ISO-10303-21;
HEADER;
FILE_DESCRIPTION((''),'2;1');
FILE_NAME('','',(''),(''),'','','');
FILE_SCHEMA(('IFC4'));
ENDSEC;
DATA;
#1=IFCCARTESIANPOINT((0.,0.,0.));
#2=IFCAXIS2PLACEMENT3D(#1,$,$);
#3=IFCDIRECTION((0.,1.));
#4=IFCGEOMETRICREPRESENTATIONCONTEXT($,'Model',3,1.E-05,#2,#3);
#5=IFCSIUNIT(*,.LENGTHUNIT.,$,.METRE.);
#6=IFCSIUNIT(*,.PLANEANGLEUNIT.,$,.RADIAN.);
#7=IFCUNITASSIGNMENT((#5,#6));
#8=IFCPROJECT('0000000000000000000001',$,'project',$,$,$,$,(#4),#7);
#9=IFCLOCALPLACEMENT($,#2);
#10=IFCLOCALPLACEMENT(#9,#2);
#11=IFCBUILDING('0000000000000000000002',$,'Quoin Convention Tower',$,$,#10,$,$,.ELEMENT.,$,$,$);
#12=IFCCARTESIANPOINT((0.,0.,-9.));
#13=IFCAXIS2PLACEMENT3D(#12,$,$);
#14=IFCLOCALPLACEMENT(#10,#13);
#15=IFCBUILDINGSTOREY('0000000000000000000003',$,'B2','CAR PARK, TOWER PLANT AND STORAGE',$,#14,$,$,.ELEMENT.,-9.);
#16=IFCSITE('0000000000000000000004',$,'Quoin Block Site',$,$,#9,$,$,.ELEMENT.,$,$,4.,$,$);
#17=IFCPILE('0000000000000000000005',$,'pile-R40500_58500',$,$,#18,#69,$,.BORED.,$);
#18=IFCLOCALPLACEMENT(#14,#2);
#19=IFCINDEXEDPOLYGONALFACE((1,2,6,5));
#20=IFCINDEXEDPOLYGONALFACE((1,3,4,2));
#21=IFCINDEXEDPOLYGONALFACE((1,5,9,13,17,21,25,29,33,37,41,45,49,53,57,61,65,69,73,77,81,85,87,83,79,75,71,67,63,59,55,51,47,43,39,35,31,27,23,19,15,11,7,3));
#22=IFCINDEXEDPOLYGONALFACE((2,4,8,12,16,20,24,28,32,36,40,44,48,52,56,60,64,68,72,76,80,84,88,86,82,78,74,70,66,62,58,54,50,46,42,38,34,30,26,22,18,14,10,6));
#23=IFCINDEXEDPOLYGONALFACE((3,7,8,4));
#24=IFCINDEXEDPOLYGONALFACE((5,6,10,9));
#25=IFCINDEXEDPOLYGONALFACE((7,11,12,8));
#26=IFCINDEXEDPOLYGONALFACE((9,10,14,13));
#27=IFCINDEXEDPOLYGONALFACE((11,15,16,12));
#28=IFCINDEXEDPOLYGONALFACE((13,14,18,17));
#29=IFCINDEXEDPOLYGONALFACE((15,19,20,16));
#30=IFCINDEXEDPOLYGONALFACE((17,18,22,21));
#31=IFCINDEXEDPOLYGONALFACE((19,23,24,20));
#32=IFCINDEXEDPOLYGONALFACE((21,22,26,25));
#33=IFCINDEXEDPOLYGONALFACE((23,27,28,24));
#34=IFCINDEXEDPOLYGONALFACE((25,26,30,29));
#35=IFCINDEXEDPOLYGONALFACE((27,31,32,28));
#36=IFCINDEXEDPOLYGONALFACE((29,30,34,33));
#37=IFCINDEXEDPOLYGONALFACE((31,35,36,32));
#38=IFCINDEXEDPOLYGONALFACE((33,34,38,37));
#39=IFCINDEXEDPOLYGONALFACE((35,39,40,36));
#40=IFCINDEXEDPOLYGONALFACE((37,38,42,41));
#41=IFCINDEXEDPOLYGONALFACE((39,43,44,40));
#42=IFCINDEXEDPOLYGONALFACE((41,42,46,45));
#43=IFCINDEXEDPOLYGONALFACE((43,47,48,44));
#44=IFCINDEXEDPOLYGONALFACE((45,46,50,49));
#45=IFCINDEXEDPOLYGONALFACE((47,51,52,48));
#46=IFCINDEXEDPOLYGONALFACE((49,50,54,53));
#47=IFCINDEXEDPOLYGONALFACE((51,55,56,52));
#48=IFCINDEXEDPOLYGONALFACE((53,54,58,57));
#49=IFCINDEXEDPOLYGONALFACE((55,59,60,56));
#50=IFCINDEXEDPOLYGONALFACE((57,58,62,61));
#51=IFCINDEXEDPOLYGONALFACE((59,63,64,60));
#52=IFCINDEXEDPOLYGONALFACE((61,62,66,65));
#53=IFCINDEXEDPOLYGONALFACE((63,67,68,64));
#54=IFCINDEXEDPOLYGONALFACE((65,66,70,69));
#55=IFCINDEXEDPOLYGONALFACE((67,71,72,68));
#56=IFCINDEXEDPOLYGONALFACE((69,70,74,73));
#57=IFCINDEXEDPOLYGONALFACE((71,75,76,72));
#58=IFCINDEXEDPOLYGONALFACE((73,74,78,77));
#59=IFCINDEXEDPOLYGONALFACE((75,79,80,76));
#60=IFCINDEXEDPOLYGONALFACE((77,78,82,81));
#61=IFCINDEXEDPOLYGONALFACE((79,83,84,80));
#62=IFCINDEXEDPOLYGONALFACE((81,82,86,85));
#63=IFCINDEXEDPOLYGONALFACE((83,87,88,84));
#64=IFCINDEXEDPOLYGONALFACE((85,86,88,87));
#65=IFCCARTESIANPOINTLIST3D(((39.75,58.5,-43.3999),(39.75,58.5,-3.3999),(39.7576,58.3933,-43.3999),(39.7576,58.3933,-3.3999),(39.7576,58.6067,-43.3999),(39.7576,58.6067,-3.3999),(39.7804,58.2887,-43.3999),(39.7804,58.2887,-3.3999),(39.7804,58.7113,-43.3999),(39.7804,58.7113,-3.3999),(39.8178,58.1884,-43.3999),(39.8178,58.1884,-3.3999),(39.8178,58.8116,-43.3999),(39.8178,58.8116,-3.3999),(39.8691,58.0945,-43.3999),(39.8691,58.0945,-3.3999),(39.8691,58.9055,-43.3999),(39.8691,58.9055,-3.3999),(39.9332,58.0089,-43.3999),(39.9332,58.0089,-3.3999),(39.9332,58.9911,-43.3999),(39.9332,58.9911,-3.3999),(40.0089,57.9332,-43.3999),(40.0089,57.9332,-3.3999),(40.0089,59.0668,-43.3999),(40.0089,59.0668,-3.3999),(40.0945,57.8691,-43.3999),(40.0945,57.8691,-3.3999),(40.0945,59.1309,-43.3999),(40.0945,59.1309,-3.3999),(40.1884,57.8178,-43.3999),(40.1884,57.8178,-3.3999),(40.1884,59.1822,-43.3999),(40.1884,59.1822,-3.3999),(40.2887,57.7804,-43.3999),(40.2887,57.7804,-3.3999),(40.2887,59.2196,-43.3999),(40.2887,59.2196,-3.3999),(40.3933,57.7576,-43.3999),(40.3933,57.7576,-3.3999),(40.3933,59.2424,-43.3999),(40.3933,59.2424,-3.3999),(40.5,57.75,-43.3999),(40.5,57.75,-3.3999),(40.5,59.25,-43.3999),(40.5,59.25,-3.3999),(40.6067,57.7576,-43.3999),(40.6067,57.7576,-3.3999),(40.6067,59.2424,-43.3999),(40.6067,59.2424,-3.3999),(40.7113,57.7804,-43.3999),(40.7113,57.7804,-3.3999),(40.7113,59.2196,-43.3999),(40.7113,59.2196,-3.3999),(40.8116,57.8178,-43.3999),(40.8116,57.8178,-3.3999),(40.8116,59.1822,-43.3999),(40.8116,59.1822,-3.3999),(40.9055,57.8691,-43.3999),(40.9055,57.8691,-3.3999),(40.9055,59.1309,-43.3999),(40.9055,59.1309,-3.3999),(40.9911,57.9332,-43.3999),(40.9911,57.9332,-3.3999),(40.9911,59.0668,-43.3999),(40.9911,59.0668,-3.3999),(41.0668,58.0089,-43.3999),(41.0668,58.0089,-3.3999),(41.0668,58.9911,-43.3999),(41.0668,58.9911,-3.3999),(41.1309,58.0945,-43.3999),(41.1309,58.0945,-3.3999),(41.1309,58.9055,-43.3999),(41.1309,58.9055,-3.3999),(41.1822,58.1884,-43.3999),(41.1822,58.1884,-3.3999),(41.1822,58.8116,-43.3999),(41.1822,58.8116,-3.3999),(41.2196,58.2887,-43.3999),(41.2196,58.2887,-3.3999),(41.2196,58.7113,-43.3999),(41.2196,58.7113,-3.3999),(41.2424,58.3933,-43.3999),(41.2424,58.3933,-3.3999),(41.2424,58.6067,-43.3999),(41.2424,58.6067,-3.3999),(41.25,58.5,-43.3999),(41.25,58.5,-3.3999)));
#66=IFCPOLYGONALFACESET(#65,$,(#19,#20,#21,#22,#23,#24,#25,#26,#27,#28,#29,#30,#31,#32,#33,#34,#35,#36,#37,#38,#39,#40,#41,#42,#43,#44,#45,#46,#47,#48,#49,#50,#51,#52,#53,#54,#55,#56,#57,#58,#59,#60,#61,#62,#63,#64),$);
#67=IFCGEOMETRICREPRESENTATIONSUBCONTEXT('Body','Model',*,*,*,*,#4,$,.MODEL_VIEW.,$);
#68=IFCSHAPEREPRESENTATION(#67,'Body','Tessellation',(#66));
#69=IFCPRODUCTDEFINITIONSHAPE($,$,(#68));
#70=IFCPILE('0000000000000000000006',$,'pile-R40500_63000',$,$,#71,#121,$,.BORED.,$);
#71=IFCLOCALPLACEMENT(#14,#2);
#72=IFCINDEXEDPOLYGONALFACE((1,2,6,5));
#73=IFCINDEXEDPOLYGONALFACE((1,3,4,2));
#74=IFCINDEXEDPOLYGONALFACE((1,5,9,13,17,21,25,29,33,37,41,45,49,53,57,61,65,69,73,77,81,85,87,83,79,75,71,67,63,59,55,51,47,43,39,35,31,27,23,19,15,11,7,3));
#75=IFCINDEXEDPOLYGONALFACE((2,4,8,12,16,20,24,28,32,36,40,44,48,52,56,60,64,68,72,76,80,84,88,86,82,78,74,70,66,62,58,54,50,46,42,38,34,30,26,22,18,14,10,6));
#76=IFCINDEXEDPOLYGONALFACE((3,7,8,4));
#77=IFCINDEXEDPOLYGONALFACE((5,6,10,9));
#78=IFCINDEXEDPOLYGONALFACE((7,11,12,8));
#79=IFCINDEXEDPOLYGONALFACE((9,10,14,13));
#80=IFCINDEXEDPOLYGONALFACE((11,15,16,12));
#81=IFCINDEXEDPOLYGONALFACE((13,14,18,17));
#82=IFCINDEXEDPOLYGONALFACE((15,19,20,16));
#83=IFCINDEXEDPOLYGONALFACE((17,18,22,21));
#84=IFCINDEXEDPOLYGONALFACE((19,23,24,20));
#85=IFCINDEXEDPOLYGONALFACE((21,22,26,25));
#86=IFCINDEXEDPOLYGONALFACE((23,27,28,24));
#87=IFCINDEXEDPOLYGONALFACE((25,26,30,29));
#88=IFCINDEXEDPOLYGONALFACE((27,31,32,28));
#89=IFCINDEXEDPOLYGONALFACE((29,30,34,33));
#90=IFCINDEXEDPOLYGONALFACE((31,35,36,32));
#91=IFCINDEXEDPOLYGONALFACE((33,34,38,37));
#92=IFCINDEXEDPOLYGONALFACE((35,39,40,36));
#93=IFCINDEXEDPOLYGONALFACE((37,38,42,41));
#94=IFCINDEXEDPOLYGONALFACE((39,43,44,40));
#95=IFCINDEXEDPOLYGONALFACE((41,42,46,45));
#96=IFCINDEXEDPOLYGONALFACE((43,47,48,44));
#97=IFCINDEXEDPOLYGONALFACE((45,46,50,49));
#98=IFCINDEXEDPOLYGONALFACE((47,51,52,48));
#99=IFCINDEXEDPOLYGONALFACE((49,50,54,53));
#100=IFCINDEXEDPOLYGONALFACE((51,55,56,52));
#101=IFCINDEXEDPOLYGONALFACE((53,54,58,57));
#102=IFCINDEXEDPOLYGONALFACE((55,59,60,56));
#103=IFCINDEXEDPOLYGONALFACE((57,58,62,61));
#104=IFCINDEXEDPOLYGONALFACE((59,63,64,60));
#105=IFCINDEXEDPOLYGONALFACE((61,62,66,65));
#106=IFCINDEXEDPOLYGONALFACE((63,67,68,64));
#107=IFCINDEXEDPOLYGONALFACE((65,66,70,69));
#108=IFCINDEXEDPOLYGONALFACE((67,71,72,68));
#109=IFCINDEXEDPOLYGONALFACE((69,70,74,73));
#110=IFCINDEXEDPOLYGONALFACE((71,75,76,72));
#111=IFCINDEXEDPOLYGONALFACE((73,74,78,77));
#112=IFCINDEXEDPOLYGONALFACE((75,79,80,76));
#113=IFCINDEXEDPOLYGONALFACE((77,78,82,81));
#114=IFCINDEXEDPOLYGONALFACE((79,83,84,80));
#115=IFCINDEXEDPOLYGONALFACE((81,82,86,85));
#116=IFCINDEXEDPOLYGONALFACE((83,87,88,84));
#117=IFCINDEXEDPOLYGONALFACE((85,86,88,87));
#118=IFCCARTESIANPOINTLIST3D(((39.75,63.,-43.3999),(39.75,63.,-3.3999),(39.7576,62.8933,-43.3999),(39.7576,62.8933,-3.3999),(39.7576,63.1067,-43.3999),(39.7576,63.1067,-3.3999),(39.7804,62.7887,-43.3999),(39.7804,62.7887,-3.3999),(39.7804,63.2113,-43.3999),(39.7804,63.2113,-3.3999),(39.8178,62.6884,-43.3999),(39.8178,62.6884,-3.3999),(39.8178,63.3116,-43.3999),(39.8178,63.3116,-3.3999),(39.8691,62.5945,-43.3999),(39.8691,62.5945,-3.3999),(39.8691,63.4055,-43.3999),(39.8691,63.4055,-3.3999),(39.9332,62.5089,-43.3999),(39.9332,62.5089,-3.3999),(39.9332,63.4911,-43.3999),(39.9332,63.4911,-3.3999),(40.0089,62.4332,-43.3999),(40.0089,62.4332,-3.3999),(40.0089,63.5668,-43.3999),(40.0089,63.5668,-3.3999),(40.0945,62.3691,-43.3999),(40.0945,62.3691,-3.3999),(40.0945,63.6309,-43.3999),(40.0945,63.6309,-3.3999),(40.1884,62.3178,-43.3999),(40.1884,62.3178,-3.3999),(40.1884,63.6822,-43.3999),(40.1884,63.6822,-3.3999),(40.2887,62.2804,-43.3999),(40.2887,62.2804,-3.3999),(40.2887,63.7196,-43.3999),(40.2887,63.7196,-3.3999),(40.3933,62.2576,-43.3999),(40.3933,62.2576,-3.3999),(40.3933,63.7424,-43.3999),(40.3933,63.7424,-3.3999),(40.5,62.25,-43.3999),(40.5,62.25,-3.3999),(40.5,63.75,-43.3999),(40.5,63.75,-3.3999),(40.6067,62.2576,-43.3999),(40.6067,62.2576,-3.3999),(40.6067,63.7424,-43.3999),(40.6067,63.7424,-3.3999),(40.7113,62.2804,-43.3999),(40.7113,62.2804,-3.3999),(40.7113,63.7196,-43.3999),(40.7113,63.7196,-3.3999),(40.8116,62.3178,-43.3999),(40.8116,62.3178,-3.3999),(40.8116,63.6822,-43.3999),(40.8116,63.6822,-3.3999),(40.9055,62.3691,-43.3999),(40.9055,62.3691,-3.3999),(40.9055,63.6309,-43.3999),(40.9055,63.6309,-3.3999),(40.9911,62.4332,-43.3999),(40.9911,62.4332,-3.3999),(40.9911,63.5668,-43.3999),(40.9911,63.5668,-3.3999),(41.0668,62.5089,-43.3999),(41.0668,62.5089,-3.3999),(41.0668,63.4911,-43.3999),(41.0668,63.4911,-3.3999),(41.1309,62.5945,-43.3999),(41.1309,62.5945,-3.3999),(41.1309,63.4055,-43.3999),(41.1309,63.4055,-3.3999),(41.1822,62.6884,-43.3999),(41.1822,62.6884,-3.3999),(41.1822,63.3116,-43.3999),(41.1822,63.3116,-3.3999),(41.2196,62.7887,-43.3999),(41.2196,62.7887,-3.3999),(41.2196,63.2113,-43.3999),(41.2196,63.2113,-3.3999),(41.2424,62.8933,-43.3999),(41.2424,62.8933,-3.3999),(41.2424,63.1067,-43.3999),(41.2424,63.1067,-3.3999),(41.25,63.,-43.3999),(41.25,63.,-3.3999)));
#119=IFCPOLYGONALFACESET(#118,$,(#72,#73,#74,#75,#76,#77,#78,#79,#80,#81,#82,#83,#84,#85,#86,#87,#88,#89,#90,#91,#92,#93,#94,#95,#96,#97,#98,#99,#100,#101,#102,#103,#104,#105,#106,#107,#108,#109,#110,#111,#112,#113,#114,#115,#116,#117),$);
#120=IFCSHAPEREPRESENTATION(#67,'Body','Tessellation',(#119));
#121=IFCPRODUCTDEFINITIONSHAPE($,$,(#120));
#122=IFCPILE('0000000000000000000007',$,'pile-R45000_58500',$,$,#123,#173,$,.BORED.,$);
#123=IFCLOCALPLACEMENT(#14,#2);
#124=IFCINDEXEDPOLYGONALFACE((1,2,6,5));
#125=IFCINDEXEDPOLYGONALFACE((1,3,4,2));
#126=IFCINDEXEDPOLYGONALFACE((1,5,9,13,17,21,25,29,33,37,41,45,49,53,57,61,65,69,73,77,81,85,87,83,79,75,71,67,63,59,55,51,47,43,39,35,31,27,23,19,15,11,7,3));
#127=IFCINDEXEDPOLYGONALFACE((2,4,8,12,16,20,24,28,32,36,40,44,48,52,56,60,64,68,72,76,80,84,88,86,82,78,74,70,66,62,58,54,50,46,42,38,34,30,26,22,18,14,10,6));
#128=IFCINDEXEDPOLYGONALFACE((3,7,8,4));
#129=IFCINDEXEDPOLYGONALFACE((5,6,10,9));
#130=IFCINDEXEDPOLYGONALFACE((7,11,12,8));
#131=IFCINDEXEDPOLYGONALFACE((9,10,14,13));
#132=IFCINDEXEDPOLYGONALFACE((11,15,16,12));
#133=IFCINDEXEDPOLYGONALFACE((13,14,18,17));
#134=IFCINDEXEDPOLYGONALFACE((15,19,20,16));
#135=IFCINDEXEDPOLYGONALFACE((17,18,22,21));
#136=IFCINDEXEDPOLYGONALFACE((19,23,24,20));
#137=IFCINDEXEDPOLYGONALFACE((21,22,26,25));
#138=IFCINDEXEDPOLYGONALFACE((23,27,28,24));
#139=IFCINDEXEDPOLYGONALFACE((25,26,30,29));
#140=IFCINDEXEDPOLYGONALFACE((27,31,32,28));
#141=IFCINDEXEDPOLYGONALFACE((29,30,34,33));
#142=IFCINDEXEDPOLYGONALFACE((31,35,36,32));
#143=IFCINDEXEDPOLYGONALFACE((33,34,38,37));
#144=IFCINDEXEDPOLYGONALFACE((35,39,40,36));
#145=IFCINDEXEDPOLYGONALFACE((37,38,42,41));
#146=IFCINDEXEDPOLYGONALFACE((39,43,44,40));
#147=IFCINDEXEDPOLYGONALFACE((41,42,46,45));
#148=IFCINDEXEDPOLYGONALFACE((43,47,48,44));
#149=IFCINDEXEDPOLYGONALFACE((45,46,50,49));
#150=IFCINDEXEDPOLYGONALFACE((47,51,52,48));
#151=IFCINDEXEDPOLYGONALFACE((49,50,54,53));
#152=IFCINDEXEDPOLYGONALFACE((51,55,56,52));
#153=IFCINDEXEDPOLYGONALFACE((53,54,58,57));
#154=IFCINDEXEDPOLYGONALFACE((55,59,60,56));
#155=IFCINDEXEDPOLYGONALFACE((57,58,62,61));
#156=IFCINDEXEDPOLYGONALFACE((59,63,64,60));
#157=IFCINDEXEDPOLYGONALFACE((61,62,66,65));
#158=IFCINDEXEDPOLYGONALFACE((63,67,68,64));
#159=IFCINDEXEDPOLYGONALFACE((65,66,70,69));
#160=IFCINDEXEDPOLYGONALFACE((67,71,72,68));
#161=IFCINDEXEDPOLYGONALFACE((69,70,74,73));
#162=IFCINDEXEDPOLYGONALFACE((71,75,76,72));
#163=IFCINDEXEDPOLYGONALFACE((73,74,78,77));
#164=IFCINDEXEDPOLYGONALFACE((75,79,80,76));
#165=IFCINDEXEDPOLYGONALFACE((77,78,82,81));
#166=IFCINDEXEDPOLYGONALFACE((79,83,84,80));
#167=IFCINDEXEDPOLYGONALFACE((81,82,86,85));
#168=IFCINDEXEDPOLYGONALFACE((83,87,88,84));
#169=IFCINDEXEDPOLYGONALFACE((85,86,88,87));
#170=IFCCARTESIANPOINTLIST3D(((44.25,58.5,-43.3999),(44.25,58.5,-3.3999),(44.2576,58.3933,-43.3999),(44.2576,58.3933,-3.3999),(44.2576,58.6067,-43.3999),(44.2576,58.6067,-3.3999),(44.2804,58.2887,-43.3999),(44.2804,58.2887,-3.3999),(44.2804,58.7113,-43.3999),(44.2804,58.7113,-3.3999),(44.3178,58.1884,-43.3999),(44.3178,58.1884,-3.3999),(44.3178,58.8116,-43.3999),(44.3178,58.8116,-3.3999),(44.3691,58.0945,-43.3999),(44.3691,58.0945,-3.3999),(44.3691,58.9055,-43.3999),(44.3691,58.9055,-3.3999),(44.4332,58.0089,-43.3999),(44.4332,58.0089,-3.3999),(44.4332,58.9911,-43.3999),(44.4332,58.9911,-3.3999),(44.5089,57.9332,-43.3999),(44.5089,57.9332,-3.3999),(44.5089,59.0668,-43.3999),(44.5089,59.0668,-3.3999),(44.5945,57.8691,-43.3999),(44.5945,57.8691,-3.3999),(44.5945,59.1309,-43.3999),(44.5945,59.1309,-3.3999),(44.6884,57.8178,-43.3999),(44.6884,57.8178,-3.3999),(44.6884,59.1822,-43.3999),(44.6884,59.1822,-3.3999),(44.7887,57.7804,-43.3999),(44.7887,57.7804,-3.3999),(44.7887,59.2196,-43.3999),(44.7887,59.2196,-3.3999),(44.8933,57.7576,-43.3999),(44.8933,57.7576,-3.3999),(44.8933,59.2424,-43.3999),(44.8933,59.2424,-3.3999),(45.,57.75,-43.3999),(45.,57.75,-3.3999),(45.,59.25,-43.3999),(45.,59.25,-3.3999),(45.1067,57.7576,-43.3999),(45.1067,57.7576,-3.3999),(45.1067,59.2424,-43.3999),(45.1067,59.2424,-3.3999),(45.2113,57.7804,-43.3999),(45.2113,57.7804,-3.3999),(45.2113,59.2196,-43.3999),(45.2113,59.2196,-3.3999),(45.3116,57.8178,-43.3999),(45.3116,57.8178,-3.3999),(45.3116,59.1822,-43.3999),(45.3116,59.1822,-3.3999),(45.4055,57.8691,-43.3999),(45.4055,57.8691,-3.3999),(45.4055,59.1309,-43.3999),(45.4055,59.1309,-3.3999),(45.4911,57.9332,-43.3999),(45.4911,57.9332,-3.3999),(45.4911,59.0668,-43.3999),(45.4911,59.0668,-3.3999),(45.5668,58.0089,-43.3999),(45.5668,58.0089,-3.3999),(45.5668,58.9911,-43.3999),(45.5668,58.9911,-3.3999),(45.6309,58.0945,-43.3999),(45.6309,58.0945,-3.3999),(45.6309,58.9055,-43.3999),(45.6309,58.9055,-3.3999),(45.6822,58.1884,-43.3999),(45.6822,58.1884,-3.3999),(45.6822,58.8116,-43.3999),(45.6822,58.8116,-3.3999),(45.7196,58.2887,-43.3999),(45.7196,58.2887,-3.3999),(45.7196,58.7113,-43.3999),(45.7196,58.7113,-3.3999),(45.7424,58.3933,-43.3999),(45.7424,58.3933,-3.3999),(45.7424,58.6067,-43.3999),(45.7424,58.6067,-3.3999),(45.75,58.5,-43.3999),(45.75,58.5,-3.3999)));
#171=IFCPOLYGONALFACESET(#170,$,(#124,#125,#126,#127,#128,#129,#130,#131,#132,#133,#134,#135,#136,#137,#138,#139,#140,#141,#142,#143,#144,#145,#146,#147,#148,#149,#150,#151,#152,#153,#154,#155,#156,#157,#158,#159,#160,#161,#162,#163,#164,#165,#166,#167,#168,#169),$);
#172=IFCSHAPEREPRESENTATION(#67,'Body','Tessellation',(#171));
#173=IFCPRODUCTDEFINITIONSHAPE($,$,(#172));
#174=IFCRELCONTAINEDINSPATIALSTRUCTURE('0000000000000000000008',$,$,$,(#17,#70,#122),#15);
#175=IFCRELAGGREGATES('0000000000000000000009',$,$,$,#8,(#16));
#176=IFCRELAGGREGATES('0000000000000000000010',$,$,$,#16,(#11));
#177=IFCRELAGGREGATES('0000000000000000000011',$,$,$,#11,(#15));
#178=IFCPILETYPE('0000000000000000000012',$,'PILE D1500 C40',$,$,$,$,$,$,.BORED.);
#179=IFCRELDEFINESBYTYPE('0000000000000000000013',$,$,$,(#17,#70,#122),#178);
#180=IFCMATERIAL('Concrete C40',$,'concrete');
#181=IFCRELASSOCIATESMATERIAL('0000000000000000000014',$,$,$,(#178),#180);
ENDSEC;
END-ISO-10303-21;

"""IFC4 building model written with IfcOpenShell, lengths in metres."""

from ifc_helpers import new_model, si_unit, direction, frame, origin, origin_2d, place, context, subcontext, project, spatial, circle, extrude, material, material_profile, profile_set, type_object, element, save


model = new_model("IFC4")

# Units and contexts
model_context = context("Model", 3, precision=1e-05, world=origin(), true_north=direction((0.0, 1.0)))
body_context = subcontext(model_context, "Body", "Model", "MODEL_VIEW")
ifc_project = project(units=[si_unit("LENGTHUNIT", "METRE"), si_unit("PLANEANGLEUNIT", "RADIAN")], contexts=[model_context])

# Site, building, storey
site_placement = place(None, origin())
site = spatial("IfcSite", under=ifc_project, at=site_placement, Name="Quoin Block Site", CompositionType="ELEMENT", RefElevation=4.0)
building_placement = place(site_placement, origin())
building = spatial("IfcBuilding", under=site, at=building_placement, Name="Quoin Convention Tower", CompositionType="ELEMENT")
storey_placement = place(building_placement, frame((0.0, 0.0, -9.0)))
storey = spatial("IfcBuildingStorey", under=building, at=storey_placement, Name="B2", Description="CAR PARK, TOWER PLANT AND STORAGE", CompositionType="ELEMENT", Elevation=-9.0)

# Piles
ifc_material_1 = material(Name="Concrete C40", Category="concrete")
ifc_material_profile = material_profile(ifc_material_1, circle(Radius=0.75, at=origin_2d()), Name="D1500")
ifc_profile_set = profile_set([ifc_material_profile], Name="Concrete C40")
pile_type = type_object("IfcPileType", Name="PILE D1500 C40", PredefinedType="BORED", material=ifc_profile_set)
for number, where, z_axis, x_axis, name in (
    (1, (40.5, 58.5, -3.3999), (0.0, 0.0, -1.0), (1.0, 0.0, 0.0), "pile-R40500_58500"),
    (2, (40.5, 63.0, -3.3999), (0.0, 0.0, -1.0), (1.0, 0.0, 0.0), "pile-R40500_63000"),
    (3, (45.0, 58.5, -3.3999), (0.0, 0.0, -1.0), (1.0, 0.0, 0.0), "pile-R45000_58500"),
):
    element("IfcPile", number, at=place(storey_placement, frame(where, z_axis=z_axis, x_axis=x_axis)), inside=storey, type_object=pile_type, Name=name, PredefinedType="BORED", context=body_context, shape_type="SweptSolid", body=[
        extrude(circle(Radius=0.75, at=origin_2d()), origin(), (0.0, 0.0, 1.0), 40.0),
    ])

save(model, "model.ifc")
